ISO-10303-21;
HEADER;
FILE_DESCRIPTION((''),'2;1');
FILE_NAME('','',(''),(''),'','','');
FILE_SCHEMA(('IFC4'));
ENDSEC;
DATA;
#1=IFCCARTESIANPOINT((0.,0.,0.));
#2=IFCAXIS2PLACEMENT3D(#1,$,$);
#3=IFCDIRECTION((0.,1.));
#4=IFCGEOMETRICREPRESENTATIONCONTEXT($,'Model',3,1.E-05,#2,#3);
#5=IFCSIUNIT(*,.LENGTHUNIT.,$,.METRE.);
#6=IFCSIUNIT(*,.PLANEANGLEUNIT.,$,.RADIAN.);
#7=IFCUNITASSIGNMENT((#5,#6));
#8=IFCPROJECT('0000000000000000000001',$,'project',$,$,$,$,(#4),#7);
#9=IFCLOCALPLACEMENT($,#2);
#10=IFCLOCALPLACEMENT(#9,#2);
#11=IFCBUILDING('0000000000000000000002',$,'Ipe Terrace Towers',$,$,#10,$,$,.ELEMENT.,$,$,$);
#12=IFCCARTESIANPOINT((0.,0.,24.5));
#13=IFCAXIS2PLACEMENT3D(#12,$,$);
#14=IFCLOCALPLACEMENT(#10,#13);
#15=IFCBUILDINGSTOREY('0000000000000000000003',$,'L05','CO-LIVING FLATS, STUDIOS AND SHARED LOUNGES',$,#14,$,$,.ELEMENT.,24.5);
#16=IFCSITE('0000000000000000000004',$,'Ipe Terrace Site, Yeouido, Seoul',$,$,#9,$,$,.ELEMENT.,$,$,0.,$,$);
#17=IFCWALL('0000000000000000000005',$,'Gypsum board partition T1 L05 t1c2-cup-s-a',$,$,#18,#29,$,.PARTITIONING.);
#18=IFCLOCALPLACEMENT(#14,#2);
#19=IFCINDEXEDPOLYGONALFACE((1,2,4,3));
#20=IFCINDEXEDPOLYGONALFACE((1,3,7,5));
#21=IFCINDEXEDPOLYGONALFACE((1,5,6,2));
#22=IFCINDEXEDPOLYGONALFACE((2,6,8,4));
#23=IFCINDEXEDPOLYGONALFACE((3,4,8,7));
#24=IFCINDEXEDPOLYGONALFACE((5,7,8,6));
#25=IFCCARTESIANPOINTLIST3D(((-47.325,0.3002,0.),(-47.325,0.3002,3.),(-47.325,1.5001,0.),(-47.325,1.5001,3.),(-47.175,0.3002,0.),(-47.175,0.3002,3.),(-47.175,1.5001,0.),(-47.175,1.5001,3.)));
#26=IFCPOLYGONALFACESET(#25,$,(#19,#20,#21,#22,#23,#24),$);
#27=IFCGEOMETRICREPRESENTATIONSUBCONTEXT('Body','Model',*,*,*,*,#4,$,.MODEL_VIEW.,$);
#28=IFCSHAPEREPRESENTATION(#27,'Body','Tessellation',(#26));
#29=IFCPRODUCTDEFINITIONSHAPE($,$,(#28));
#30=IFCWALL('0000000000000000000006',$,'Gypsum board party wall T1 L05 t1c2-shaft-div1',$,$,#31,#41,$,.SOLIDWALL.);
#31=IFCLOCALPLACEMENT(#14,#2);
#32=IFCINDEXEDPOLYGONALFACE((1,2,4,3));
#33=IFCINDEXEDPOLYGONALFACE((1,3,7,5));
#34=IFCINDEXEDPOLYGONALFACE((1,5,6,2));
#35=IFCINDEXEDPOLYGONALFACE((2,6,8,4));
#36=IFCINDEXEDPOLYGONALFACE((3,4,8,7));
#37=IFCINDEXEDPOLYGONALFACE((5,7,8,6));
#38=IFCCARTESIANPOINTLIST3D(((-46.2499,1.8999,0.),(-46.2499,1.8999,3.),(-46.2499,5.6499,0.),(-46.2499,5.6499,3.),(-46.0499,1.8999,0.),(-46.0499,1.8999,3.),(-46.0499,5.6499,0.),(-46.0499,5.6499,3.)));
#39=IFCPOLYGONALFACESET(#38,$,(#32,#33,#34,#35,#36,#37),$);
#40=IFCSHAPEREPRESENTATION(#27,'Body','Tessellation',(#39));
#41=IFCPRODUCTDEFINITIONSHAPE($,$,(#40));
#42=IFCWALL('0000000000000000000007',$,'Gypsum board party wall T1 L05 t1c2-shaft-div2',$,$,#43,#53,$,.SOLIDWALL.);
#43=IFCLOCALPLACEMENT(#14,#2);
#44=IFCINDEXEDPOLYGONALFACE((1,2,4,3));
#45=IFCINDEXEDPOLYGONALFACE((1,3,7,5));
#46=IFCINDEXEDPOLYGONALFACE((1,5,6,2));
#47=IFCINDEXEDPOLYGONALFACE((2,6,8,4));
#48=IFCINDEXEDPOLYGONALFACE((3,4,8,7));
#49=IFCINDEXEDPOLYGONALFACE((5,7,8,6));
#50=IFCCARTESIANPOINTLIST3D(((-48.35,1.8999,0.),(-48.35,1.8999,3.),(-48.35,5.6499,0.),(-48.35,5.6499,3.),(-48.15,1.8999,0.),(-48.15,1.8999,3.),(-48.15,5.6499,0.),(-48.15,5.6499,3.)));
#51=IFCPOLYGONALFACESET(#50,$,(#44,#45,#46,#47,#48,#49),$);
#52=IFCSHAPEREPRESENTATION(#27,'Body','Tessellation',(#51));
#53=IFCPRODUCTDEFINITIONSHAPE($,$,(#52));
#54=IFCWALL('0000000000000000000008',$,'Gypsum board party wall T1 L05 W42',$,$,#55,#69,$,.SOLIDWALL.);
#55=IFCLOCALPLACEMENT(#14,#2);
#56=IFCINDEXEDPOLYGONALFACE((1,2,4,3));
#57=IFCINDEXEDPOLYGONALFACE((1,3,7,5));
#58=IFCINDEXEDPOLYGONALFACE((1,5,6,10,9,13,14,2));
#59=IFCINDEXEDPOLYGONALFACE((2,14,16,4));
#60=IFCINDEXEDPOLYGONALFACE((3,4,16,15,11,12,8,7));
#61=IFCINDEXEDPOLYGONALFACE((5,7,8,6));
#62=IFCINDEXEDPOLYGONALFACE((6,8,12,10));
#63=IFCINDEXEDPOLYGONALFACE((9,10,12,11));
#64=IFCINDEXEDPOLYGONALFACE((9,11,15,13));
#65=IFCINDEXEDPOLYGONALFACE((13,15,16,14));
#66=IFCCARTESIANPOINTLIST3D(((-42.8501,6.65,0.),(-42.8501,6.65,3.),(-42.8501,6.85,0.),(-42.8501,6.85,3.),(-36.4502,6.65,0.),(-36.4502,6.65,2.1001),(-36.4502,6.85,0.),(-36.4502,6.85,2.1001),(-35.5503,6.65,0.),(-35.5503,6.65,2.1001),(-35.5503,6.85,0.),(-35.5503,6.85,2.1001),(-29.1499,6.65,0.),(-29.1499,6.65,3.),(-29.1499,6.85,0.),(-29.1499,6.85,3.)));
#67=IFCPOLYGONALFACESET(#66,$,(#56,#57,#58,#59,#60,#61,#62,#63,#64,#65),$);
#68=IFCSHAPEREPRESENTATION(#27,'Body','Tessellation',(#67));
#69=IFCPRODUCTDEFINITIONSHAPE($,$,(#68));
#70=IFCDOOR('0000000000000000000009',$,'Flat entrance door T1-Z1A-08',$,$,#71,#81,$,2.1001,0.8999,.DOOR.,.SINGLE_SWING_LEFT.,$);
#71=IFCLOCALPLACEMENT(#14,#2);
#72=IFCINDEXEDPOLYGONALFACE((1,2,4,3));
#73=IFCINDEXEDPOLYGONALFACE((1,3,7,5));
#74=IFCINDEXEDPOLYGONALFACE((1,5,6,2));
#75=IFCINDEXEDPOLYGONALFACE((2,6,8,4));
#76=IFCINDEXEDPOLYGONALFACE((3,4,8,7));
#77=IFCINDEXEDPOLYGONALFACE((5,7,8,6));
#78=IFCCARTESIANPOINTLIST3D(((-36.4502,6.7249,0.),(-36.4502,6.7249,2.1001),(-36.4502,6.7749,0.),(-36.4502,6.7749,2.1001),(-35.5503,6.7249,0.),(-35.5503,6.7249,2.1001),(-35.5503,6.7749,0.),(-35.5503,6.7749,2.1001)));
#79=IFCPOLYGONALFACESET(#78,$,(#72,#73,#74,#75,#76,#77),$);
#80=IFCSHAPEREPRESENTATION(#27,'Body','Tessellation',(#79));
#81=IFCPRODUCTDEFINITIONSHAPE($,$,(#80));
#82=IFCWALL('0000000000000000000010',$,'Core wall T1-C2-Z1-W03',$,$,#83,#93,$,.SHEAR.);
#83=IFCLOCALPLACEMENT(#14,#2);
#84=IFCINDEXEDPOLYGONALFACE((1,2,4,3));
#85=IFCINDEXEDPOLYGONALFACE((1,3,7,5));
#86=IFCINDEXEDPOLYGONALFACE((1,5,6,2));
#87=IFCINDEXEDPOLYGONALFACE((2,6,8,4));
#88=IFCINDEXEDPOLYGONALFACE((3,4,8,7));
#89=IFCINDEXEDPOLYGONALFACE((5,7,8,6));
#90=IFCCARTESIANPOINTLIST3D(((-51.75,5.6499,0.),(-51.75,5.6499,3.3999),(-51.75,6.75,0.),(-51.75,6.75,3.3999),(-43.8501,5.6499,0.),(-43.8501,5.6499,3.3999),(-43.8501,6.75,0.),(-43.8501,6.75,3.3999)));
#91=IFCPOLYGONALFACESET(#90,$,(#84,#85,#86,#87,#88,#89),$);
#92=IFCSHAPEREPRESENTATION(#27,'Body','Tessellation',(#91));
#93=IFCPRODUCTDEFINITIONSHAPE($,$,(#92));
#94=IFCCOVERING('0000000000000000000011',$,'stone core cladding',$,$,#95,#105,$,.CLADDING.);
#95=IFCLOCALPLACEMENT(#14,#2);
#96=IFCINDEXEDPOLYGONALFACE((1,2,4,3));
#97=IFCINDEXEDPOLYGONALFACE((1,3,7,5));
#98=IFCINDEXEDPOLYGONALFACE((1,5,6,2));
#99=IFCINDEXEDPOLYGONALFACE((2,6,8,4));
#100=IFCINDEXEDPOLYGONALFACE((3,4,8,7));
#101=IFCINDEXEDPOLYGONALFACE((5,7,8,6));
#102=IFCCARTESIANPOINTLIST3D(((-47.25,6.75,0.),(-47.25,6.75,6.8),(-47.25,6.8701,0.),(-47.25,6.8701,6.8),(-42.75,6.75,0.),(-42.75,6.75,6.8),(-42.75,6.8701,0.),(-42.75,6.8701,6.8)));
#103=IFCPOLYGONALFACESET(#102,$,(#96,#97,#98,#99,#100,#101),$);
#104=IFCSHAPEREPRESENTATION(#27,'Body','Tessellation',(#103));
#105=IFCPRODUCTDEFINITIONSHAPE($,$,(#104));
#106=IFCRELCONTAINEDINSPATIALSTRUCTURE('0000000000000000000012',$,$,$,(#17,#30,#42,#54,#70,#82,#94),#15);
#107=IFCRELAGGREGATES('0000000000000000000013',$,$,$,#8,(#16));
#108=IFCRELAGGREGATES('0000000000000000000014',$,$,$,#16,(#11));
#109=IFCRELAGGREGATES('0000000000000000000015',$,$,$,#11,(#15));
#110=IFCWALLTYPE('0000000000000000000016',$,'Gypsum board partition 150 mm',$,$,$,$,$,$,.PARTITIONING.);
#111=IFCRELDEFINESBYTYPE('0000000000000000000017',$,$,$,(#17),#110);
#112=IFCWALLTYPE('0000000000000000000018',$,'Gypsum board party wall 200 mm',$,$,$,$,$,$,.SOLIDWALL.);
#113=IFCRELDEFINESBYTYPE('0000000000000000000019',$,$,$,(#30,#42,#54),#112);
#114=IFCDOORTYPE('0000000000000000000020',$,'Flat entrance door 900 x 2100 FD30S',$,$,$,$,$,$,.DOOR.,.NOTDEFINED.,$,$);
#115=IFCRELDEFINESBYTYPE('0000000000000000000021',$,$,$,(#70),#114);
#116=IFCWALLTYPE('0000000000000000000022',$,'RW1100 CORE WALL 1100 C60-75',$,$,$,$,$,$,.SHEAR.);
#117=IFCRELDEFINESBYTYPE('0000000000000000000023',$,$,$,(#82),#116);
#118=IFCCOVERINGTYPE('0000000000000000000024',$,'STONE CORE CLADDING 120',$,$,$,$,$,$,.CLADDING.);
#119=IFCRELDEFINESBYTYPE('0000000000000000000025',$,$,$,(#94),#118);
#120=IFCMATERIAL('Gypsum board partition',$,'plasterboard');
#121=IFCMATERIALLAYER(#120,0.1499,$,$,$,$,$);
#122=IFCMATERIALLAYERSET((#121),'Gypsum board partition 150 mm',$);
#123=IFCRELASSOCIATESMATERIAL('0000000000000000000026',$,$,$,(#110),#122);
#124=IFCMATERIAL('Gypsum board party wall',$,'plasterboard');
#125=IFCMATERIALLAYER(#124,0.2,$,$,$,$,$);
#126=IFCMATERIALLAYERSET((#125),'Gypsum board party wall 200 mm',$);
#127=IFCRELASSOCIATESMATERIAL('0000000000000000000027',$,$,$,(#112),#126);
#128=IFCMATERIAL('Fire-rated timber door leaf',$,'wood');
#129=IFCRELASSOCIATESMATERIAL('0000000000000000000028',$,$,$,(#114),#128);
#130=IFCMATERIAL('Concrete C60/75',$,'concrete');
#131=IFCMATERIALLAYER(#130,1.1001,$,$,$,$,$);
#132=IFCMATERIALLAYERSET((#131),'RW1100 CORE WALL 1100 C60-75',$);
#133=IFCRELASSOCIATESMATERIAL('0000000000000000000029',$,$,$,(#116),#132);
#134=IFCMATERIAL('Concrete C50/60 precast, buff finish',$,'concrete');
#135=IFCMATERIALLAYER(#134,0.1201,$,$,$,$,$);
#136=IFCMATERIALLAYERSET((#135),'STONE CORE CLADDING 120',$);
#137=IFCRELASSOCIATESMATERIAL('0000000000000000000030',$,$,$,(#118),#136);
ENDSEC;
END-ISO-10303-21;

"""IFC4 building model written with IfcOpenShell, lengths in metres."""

from ifc_helpers import new_model, si_unit, direction, frame, frame_2d, origin, origin_2d, place, context, subcontext, project, spatial, rectangle, extrude, material, layer, layer_set, type_object, element, fill, save


model = new_model("IFC4")

# Units and contexts
model_context = context("Model", 3, precision=1e-05, world=origin(), true_north=direction((0.0, 1.0)))
body_context = subcontext(model_context, "Body", "Model", "MODEL_VIEW")
ifc_project = project(units=[si_unit("LENGTHUNIT", "METRE"), si_unit("PLANEANGLEUNIT", "RADIAN")], contexts=[model_context])

# Site, building, storey
site_placement = place(None, origin())
site = spatial("IfcSite", under=ifc_project, at=site_placement, Name="Ipe Terrace Site, Yeouido, Seoul", CompositionType="ELEMENT", RefElevation=0.0)
building_placement = place(site_placement, origin())
building = spatial("IfcBuilding", under=site, at=building_placement, Name="Ipe Terrace Towers", CompositionType="ELEMENT")
storey_placement = place(building_placement, frame((0.0, 0.0, 24.5)))
storey = spatial("IfcBuildingStorey", under=building, at=storey_placement, Name="L05", Description="CO-LIVING FLATS, STUDIOS AND SHARED LOUNGES", CompositionType="ELEMENT", Elevation=24.5)

# Shared definitions
ifc_material_1 = material(Name="Gypsum board partition", Category="plasterboard")
ifc_layer_1 = layer(ifc_material_1, 0.1499)
ifc_layer_set_1 = layer_set([ifc_layer_1], Name="Gypsum board partition 150 mm")
wall_type_1 = type_object("IfcWallType", Name="Gypsum board partition 150 mm", PredefinedType="PARTITIONING", material=ifc_layer_set_1)

# Walls
wall_1_placement = place(storey_placement, frame((-47.25, 0.3, 0.0), z_axis=(0.0, 0.0, 1.0), x_axis=(0.0, 1.0, 0.0)))
element("IfcWall", 1, at=wall_1_placement, inside=storey, type_object=wall_type_1, Name="Gypsum board partition T1 L05 t1c2-cup-s-a", PredefinedType="PARTITIONING", context=body_context, shape_type="SweptSolid", body=[
    extrude(rectangle(XDim=1.2, YDim=0.1499, at=frame_2d((0.6001, 0.0))), origin(), (0.0, 0.0, 1.0), 3.0),
])
ifc_material_2 = material(Name="Gypsum board party wall", Category="plasterboard")
ifc_layer_2 = layer(ifc_material_2, 0.2)
ifc_layer_set_2 = layer_set([ifc_layer_2], Name="Gypsum board party wall 200 mm")
wall_type_2 = type_object("IfcWallType", Name="Gypsum board party wall 200 mm", PredefinedType="SOLIDWALL", material=ifc_layer_set_2)
for number, where, z_axis, x_axis, name in (
    (2, (-46.1499, 5.6499, 0.0), (0.0, 0.0, 1.0), (0.0, -1.0, 0.0), "Gypsum board party wall T1 L05 t1c2-shaft-div1"),
    (3, (-48.25, 5.6499, 0.0), (0.0, 0.0, 1.0), (0.0, -1.0, 0.0), "Gypsum board party wall T1 L05 t1c2-shaft-div2"),
):
    element("IfcWall", number, at=place(storey_placement, frame(where, z_axis=z_axis, x_axis=x_axis)), inside=storey, type_object=wall_type_2, Name=name, PredefinedType="SOLIDWALL", context=body_context, shape_type="SweptSolid", body=[
        extrude(rectangle(XDim=3.75, YDim=0.2, at=frame_2d((1.875, 0.0))), origin(), (0.0, 0.0, 1.0), 3.0),
    ])

# Wall, opening, door
wall_2_placement = place(storey_placement, frame((-42.8501, 6.75, 0.0), z_axis=(0.0, 0.0, 1.0), x_axis=(1.0, 0.0, 0.0)))
wall_2 = element("IfcWall", 4, at=wall_2_placement, inside=storey, type_object=wall_type_2, Name="Gypsum board party wall T1 L05 W42", PredefinedType="SOLIDWALL", context=body_context, shape_type="SweptSolid", body=[
    extrude(rectangle(XDim=13.7002, YDim=0.2, at=frame_2d((6.8501, 0.0))), origin(), (0.0, 0.0, 1.0), 3.0),
])
opening_1_placement = place(wall_2_placement, frame((6.3999, 0.0, 0.0)))
opening_1 = element("IfcOpeningElement", 5, at=opening_1_placement, cuts=wall_2, PredefinedType="OPENING", context=body_context, shape_type="SweptSolid", body=[
    extrude(rectangle(XDim=0.8999, YDim=2.1001, at=frame_2d((0.45, 1.05))), frame((0.0, 0.1099, 0.0), z_axis=(0.0, -1.0, 0.0), x_axis=(1.0, 0.0, 0.0)), (0.0, 0.0, 1.0), 0.22),
])
ifc_material_3 = material(Name="Fire-rated timber door leaf", Category="wood")
door_type_1 = type_object("IfcDoorType", Name="Flat entrance door 900 x 2100 FD30S", OperationType="NOTDEFINED", PredefinedType="DOOR", material=ifc_material_3)
door_1_placement = place(opening_1_placement, origin())
door_1 = element("IfcDoor", 6, at=door_1_placement, inside=storey, type_object=door_type_1, Name="Flat entrance door T1-Z1A-08", OperationType="SINGLE_SWING_LEFT", OverallHeight=2.1001, OverallWidth=0.8999, PredefinedType="DOOR", context=body_context, shape_type="SweptSolid", body=[
    extrude(rectangle(XDim=0.8999, YDim=2.1001, at=frame_2d((0.45, 1.05))), frame((0.0, 0.0249, 0.0), z_axis=(0.0, -1.0, 0.0), x_axis=(1.0, 0.0, 0.0)), (0.0, 0.0, 1.0), 0.05),
])
fill(opening_1, door_1)

# Wall
ifc_material_4 = material(Name="Concrete C60/75", Category="concrete")
ifc_layer_3 = layer(ifc_material_4, 1.1001)
ifc_layer_set_3 = layer_set([ifc_layer_3], Name="RW1100 CORE WALL 1100 C60-75")
wall_type_3 = type_object("IfcWallType", Name="RW1100 CORE WALL 1100 C60-75", PredefinedType="SHEAR", material=ifc_layer_set_3)
wall_3_placement = place(storey_placement, frame((-43.8501, 6.2, 0.0), z_axis=(0.0, 0.0, 1.0), x_axis=(-1.0, 0.0, 0.0)))
element("IfcWall", 7, at=wall_3_placement, inside=storey, type_object=wall_type_3, Name="Core wall T1-C2-Z1-W03", PredefinedType="SHEAR", context=body_context, shape_type="SweptSolid", body=[
    extrude(rectangle(XDim=7.8999, YDim=1.1001, at=frame_2d((3.95, 0.0))), origin(), (0.0, 0.0, 1.0), 3.3999),
])

# Covering
ifc_material_5 = material(Name="Concrete C50/60 precast, buff finish", Category="concrete")
ifc_layer_4 = layer(ifc_material_5, 0.1201)
ifc_layer_set_4 = layer_set([ifc_layer_4], Name="STONE CORE CLADDING 120")
covering_type = type_object("IfcCoveringType", Name="STONE CORE CLADDING 120", PredefinedType="CLADDING", material=ifc_layer_set_4)
covering_placement = place(storey_placement, frame((-45.0, 6.8101, 0.0), z_axis=(0.0, 0.0, 1.0), x_axis=(-1.0, 0.0, 0.0)))
element("IfcCovering", 8, at=covering_placement, inside=storey, type_object=covering_type, Name="stone core cladding", PredefinedType="CLADDING", context=body_context, shape_type="SweptSolid", body=[
    extrude(rectangle(XDim=4.5, YDim=0.1201, at=origin_2d()), origin(), (0.0, 0.0, 1.0), 6.8),
])

save(model, "model.ifc")
